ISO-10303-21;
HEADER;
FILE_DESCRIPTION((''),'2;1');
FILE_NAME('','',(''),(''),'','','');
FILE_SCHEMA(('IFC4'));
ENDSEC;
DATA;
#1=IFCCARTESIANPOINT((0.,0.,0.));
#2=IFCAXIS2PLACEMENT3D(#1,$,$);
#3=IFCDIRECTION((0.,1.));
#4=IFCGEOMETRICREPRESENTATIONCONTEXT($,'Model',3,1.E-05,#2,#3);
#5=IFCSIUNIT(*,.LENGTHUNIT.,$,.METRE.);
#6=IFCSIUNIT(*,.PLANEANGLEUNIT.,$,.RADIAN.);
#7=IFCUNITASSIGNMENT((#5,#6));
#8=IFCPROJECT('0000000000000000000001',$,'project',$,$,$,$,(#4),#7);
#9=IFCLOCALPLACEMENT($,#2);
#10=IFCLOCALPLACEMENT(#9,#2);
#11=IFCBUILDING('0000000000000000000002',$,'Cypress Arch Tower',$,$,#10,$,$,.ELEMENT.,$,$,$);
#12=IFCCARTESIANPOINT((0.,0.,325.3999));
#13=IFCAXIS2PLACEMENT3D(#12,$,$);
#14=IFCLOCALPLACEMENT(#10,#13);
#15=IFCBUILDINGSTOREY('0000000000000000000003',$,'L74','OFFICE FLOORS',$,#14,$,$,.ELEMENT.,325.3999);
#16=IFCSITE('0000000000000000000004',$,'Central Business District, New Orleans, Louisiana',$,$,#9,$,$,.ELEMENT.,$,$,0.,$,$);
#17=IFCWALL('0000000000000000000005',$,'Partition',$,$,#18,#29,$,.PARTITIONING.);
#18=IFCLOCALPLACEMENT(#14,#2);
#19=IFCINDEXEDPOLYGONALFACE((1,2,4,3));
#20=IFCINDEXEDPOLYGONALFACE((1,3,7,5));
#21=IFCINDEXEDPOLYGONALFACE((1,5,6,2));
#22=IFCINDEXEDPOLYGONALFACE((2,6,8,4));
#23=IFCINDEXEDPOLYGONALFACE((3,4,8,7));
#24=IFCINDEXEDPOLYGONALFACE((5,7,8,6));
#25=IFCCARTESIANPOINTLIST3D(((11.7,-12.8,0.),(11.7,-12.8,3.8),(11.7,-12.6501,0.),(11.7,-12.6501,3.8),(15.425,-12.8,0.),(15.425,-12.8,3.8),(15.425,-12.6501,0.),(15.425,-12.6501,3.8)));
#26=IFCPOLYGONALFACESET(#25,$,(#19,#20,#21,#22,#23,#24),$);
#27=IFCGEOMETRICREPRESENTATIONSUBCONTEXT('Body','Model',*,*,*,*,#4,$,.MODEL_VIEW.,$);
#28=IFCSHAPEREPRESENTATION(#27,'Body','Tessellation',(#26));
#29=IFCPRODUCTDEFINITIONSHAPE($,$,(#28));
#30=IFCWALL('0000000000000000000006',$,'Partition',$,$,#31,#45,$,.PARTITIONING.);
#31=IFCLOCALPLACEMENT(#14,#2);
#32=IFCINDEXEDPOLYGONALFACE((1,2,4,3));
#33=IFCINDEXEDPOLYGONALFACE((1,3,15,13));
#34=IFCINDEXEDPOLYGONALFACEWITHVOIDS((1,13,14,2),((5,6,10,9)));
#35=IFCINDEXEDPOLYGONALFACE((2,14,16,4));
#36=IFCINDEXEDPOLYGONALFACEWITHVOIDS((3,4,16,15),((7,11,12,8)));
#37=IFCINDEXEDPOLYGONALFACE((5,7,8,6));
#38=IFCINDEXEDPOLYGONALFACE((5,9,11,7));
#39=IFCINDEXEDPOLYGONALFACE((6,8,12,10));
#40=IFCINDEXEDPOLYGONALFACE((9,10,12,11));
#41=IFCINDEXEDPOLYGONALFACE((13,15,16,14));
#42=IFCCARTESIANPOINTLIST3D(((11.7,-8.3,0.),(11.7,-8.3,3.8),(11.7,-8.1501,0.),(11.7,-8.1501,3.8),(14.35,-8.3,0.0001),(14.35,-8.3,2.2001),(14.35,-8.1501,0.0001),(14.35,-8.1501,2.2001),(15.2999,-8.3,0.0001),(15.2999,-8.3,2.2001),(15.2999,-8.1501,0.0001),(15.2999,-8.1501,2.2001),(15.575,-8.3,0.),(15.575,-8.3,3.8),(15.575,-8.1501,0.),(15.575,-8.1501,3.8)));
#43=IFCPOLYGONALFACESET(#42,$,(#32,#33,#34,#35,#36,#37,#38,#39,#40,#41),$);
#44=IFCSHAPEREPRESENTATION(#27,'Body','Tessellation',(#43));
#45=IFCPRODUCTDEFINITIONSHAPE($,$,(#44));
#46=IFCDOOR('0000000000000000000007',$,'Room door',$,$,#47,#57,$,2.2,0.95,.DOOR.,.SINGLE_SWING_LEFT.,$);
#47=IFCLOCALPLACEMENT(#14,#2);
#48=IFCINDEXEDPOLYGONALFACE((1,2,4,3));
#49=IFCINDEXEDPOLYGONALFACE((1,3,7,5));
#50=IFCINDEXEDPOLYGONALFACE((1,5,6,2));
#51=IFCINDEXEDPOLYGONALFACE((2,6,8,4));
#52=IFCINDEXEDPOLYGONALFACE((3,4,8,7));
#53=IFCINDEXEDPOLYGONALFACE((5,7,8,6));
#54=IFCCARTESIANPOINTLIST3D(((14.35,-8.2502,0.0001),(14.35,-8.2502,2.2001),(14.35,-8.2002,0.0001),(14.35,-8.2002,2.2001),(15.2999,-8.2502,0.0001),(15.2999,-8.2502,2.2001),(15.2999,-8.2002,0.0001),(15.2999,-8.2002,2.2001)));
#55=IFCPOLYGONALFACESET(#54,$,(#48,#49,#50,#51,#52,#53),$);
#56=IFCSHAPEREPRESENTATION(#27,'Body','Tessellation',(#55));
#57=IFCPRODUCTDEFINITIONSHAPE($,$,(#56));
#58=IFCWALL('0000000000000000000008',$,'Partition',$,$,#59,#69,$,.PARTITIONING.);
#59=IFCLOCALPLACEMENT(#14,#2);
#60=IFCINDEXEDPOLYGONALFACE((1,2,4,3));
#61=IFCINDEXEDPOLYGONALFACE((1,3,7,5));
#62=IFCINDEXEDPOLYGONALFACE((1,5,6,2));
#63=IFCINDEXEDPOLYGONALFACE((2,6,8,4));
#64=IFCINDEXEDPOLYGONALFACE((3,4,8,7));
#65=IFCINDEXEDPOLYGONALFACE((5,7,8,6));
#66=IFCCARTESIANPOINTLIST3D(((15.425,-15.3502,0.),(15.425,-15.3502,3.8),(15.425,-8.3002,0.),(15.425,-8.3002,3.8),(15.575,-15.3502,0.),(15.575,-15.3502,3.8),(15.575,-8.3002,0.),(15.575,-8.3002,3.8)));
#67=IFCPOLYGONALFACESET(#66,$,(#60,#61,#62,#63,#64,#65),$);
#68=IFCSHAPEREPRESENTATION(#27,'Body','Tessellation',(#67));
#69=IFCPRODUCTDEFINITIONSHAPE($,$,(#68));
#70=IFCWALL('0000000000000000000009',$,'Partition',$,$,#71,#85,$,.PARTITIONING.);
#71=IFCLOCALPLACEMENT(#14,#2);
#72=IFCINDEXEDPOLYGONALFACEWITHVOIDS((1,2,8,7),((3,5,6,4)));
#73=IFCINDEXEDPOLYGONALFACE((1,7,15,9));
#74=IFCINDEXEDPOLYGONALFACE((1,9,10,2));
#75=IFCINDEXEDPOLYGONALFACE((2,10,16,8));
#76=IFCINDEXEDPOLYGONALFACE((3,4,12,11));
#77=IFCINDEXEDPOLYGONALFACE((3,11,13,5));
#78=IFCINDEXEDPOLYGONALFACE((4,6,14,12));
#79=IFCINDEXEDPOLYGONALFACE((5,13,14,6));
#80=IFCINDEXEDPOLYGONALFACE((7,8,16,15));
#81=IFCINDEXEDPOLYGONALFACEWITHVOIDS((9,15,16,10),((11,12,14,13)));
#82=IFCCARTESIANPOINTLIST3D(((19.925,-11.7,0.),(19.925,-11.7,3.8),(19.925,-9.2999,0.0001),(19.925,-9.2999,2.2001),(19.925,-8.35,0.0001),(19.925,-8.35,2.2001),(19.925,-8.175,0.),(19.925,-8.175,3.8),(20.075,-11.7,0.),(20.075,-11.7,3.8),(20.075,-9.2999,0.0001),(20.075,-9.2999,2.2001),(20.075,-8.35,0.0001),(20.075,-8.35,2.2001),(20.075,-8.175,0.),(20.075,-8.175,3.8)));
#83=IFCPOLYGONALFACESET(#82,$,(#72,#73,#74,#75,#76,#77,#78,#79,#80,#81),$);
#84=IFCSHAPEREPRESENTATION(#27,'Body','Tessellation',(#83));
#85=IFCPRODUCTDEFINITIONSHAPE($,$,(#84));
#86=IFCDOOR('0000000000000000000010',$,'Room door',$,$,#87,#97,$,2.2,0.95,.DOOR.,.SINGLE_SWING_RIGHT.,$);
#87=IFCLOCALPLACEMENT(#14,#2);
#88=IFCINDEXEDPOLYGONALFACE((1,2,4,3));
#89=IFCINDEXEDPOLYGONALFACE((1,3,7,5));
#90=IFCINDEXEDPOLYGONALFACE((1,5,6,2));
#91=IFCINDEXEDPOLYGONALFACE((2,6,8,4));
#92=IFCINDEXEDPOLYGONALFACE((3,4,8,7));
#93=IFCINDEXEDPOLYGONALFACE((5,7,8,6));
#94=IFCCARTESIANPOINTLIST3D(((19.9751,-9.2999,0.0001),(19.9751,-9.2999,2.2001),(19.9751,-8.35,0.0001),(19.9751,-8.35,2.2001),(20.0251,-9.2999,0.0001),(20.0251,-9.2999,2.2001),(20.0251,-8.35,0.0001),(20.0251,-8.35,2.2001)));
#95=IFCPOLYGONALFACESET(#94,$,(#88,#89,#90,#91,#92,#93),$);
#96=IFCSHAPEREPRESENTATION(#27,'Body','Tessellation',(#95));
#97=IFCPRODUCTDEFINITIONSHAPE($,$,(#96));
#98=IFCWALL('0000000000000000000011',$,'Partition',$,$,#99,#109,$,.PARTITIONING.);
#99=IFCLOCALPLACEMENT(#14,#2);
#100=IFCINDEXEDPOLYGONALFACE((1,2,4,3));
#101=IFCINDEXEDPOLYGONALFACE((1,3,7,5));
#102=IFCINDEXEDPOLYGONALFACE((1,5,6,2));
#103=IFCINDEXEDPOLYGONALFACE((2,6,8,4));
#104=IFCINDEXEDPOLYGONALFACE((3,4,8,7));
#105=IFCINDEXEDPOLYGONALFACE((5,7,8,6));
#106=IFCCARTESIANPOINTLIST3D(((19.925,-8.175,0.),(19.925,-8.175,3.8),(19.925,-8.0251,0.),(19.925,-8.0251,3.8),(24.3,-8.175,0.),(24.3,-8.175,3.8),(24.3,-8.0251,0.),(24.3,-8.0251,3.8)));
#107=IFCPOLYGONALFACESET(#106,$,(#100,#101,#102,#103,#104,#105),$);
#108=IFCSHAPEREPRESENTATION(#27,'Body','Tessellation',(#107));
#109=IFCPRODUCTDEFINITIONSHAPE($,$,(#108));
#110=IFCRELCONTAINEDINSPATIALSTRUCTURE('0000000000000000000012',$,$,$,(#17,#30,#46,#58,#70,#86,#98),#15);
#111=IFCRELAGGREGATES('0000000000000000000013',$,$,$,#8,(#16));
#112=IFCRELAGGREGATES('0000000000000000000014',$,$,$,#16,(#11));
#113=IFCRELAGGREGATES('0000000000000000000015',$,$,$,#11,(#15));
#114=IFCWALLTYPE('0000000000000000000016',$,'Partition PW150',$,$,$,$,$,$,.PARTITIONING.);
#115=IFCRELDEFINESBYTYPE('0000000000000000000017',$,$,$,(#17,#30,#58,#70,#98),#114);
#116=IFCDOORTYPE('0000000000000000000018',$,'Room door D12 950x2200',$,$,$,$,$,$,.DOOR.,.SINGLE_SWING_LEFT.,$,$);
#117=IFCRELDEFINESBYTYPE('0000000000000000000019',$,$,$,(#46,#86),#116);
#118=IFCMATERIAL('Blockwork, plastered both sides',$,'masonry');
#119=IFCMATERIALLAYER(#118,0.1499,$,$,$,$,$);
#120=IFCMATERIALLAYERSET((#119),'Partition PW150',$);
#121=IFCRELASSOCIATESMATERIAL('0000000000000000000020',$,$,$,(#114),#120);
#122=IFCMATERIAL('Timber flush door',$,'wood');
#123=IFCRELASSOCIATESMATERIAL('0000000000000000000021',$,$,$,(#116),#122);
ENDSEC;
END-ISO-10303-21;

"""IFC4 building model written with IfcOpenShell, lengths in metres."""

from ifc_helpers import new_model, si_unit, direction, frame, frame_2d, origin, place, context, subcontext, project, spatial, rectangle, extrude, material, layer, layer_set, type_object, element, fill, save


model = new_model("IFC4")

# Units and contexts
model_context = context("Model", 3, precision=1e-05, world=origin(), true_north=direction((0.0, 1.0)))
body_context = subcontext(model_context, "Body", "Model", "MODEL_VIEW")
ifc_project = project(units=[si_unit("LENGTHUNIT", "METRE"), si_unit("PLANEANGLEUNIT", "RADIAN")], contexts=[model_context])

# Site, building, storey
site_placement = place(None, origin())
site = spatial("IfcSite", under=ifc_project, at=site_placement, Name="Central Business District, New Orleans, Louisiana", CompositionType="ELEMENT", RefElevation=0.0)
building_placement = place(site_placement, origin())
building = spatial("IfcBuilding", under=site, at=building_placement, Name="Cypress Arch Tower", CompositionType="ELEMENT")
storey_placement = place(building_placement, frame((0.0, 0.0, 325.3999)))
storey = spatial("IfcBuildingStorey", under=building, at=storey_placement, Name="L74", Description="OFFICE FLOORS", CompositionType="ELEMENT", Elevation=325.3999)

# Wall
ifc_material_1 = material(Name="Blockwork, plastered both sides", Category="masonry")
ifc_layer_1 = layer(ifc_material_1, 0.1499)
ifc_layer_set_1 = layer_set([ifc_layer_1], Name="Partition PW150")
wall_type_1 = type_object("IfcWallType", Name="Partition PW150", PredefinedType="PARTITIONING", material=ifc_layer_set_1)
wall_1_placement = place(storey_placement, frame((11.7, -12.7251, 0.0), z_axis=(0.0, 0.0, 1.0), x_axis=(1.0, 0.0, 0.0)))
element("IfcWall", 1, at=wall_1_placement, inside=storey, type_object=wall_type_1, Name="Partition", PredefinedType="PARTITIONING", context=body_context, shape_type="SweptSolid", body=[
    extrude(rectangle(XDim=3.7251, YDim=0.1499, at=frame_2d((1.8625, 0.0))), origin(), (0.0, 0.0, 1.0), 3.8),
])

# Wall, opening, door
wall_2_placement = place(storey_placement, frame((11.7, -8.2251, 0.0), z_axis=(0.0, 0.0, 1.0), x_axis=(1.0, 0.0, 0.0)))
wall_2 = element("IfcWall", 2, at=wall_2_placement, inside=storey, type_object=wall_type_1, Name="Partition", PredefinedType="PARTITIONING", context=body_context, shape_type="SweptSolid", body=[
    extrude(rectangle(XDim=3.875, YDim=0.1499, at=frame_2d((1.9375, 0.0))), origin(), (0.0, 0.0, 1.0), 3.8),
])
opening_1_placement = place(wall_2_placement, frame((2.6499, 0.0, 0.0)))
opening_1 = element("IfcOpeningElement", 3, at=opening_1_placement, cuts=wall_2, PredefinedType="OPENING", context=body_context, shape_type="SweptSolid", body=[
    extrude(rectangle(XDim=0.95, YDim=2.2, at=frame_2d((0.4751, 1.1001))), frame((0.0, 0.085, 0.0), z_axis=(0.0, -1.0, 0.0), x_axis=(1.0, 0.0, 0.0)), (0.0, 0.0, 1.0), 0.1699),
])
ifc_material_2 = material(Name="Timber flush door", Category="wood")
door_type = type_object("IfcDoorType", Name="Room door D12 950x2200", OperationType="SINGLE_SWING_LEFT", PredefinedType="DOOR", material=ifc_material_2)
door_1_placement = place(opening_1_placement, origin())
door_1 = element("IfcDoor", 4, at=door_1_placement, inside=storey, type_object=door_type, Name="Room door", OperationType="SINGLE_SWING_LEFT", OverallHeight=2.2, OverallWidth=0.95, PredefinedType="DOOR", context=body_context, shape_type="SweptSolid", body=[
    extrude(rectangle(XDim=0.95, YDim=2.2, at=frame_2d((0.4751, 1.1001))), frame((0.0, 0.0249, 0.0), z_axis=(0.0, -1.0, 0.0), x_axis=(1.0, 0.0, 0.0)), (0.0, 0.0, 1.0), 0.05),
])
fill(opening_1, door_1)

# Wall
wall_3_placement = place(storey_placement, frame((15.5, -15.3501, 0.0), z_axis=(0.0, 0.0, 1.0), x_axis=(0.0, 1.0, 0.0)))
element("IfcWall", 5, at=wall_3_placement, inside=storey, type_object=wall_type_1, Name="Partition", PredefinedType="PARTITIONING", context=body_context, shape_type="SweptSolid", body=[
    extrude(rectangle(XDim=7.05, YDim=0.1499, at=frame_2d((3.5249, 0.0))), origin(), (0.0, 0.0, 1.0), 3.8),
])

# Wall, opening, door
wall_4_placement = place(storey_placement, frame((20.0, -11.7, 0.0), z_axis=(0.0, 0.0, 1.0), x_axis=(0.0, 1.0, 0.0)))
wall_4 = element("IfcWall", 6, at=wall_4_placement, inside=storey, type_object=wall_type_1, Name="Partition", PredefinedType="PARTITIONING", context=body_context, shape_type="SweptSolid", body=[
    extrude(rectangle(XDim=3.5249, YDim=0.1499, at=frame_2d((1.7625, 0.0))), origin(), (0.0, 0.0, 1.0), 3.8),
])
opening_2_placement = place(wall_4_placement, frame((2.3999, 0.0, 0.0)))
opening_2 = element("IfcOpeningElement", 7, at=opening_2_placement, cuts=wall_4, PredefinedType="OPENING", context=body_context, shape_type="SweptSolid", body=[
    extrude(rectangle(XDim=0.95, YDim=2.2, at=frame_2d((0.4751, 1.1001))), frame((0.0, 0.085, 0.0), z_axis=(0.0, -1.0, 0.0), x_axis=(1.0, 0.0, 0.0)), (0.0, 0.0, 1.0), 0.1699),
])
door_2_placement = place(opening_2_placement, origin())
door_2 = element("IfcDoor", 8, at=door_2_placement, inside=storey, type_object=door_type, Name="Room door", OperationType="SINGLE_SWING_RIGHT", OverallHeight=2.2, OverallWidth=0.95, PredefinedType="DOOR", context=body_context, shape_type="SweptSolid", body=[
    extrude(rectangle(XDim=0.95, YDim=2.2, at=frame_2d((0.4751, 1.1001))), frame((0.0, 0.0249, 0.0), z_axis=(0.0, -1.0, 0.0), x_axis=(1.0, 0.0, 0.0)), (0.0, 0.0, 1.0), 0.05),
])
fill(opening_2, door_2)

# Wall
wall_5_placement = place(storey_placement, frame((19.925, -8.1001, 0.0), z_axis=(0.0, 0.0, 1.0), x_axis=(1.0, 0.0, 0.0)))
element("IfcWall", 9, at=wall_5_placement, inside=storey, type_object=wall_type_1, Name="Partition", PredefinedType="PARTITIONING", context=body_context, shape_type="SweptSolid", body=[
    extrude(rectangle(XDim=4.375, YDim=0.1499, at=frame_2d((2.1875, 0.0))), origin(), (0.0, 0.0, 1.0), 3.8),
])

save(model, "model.ifc")
